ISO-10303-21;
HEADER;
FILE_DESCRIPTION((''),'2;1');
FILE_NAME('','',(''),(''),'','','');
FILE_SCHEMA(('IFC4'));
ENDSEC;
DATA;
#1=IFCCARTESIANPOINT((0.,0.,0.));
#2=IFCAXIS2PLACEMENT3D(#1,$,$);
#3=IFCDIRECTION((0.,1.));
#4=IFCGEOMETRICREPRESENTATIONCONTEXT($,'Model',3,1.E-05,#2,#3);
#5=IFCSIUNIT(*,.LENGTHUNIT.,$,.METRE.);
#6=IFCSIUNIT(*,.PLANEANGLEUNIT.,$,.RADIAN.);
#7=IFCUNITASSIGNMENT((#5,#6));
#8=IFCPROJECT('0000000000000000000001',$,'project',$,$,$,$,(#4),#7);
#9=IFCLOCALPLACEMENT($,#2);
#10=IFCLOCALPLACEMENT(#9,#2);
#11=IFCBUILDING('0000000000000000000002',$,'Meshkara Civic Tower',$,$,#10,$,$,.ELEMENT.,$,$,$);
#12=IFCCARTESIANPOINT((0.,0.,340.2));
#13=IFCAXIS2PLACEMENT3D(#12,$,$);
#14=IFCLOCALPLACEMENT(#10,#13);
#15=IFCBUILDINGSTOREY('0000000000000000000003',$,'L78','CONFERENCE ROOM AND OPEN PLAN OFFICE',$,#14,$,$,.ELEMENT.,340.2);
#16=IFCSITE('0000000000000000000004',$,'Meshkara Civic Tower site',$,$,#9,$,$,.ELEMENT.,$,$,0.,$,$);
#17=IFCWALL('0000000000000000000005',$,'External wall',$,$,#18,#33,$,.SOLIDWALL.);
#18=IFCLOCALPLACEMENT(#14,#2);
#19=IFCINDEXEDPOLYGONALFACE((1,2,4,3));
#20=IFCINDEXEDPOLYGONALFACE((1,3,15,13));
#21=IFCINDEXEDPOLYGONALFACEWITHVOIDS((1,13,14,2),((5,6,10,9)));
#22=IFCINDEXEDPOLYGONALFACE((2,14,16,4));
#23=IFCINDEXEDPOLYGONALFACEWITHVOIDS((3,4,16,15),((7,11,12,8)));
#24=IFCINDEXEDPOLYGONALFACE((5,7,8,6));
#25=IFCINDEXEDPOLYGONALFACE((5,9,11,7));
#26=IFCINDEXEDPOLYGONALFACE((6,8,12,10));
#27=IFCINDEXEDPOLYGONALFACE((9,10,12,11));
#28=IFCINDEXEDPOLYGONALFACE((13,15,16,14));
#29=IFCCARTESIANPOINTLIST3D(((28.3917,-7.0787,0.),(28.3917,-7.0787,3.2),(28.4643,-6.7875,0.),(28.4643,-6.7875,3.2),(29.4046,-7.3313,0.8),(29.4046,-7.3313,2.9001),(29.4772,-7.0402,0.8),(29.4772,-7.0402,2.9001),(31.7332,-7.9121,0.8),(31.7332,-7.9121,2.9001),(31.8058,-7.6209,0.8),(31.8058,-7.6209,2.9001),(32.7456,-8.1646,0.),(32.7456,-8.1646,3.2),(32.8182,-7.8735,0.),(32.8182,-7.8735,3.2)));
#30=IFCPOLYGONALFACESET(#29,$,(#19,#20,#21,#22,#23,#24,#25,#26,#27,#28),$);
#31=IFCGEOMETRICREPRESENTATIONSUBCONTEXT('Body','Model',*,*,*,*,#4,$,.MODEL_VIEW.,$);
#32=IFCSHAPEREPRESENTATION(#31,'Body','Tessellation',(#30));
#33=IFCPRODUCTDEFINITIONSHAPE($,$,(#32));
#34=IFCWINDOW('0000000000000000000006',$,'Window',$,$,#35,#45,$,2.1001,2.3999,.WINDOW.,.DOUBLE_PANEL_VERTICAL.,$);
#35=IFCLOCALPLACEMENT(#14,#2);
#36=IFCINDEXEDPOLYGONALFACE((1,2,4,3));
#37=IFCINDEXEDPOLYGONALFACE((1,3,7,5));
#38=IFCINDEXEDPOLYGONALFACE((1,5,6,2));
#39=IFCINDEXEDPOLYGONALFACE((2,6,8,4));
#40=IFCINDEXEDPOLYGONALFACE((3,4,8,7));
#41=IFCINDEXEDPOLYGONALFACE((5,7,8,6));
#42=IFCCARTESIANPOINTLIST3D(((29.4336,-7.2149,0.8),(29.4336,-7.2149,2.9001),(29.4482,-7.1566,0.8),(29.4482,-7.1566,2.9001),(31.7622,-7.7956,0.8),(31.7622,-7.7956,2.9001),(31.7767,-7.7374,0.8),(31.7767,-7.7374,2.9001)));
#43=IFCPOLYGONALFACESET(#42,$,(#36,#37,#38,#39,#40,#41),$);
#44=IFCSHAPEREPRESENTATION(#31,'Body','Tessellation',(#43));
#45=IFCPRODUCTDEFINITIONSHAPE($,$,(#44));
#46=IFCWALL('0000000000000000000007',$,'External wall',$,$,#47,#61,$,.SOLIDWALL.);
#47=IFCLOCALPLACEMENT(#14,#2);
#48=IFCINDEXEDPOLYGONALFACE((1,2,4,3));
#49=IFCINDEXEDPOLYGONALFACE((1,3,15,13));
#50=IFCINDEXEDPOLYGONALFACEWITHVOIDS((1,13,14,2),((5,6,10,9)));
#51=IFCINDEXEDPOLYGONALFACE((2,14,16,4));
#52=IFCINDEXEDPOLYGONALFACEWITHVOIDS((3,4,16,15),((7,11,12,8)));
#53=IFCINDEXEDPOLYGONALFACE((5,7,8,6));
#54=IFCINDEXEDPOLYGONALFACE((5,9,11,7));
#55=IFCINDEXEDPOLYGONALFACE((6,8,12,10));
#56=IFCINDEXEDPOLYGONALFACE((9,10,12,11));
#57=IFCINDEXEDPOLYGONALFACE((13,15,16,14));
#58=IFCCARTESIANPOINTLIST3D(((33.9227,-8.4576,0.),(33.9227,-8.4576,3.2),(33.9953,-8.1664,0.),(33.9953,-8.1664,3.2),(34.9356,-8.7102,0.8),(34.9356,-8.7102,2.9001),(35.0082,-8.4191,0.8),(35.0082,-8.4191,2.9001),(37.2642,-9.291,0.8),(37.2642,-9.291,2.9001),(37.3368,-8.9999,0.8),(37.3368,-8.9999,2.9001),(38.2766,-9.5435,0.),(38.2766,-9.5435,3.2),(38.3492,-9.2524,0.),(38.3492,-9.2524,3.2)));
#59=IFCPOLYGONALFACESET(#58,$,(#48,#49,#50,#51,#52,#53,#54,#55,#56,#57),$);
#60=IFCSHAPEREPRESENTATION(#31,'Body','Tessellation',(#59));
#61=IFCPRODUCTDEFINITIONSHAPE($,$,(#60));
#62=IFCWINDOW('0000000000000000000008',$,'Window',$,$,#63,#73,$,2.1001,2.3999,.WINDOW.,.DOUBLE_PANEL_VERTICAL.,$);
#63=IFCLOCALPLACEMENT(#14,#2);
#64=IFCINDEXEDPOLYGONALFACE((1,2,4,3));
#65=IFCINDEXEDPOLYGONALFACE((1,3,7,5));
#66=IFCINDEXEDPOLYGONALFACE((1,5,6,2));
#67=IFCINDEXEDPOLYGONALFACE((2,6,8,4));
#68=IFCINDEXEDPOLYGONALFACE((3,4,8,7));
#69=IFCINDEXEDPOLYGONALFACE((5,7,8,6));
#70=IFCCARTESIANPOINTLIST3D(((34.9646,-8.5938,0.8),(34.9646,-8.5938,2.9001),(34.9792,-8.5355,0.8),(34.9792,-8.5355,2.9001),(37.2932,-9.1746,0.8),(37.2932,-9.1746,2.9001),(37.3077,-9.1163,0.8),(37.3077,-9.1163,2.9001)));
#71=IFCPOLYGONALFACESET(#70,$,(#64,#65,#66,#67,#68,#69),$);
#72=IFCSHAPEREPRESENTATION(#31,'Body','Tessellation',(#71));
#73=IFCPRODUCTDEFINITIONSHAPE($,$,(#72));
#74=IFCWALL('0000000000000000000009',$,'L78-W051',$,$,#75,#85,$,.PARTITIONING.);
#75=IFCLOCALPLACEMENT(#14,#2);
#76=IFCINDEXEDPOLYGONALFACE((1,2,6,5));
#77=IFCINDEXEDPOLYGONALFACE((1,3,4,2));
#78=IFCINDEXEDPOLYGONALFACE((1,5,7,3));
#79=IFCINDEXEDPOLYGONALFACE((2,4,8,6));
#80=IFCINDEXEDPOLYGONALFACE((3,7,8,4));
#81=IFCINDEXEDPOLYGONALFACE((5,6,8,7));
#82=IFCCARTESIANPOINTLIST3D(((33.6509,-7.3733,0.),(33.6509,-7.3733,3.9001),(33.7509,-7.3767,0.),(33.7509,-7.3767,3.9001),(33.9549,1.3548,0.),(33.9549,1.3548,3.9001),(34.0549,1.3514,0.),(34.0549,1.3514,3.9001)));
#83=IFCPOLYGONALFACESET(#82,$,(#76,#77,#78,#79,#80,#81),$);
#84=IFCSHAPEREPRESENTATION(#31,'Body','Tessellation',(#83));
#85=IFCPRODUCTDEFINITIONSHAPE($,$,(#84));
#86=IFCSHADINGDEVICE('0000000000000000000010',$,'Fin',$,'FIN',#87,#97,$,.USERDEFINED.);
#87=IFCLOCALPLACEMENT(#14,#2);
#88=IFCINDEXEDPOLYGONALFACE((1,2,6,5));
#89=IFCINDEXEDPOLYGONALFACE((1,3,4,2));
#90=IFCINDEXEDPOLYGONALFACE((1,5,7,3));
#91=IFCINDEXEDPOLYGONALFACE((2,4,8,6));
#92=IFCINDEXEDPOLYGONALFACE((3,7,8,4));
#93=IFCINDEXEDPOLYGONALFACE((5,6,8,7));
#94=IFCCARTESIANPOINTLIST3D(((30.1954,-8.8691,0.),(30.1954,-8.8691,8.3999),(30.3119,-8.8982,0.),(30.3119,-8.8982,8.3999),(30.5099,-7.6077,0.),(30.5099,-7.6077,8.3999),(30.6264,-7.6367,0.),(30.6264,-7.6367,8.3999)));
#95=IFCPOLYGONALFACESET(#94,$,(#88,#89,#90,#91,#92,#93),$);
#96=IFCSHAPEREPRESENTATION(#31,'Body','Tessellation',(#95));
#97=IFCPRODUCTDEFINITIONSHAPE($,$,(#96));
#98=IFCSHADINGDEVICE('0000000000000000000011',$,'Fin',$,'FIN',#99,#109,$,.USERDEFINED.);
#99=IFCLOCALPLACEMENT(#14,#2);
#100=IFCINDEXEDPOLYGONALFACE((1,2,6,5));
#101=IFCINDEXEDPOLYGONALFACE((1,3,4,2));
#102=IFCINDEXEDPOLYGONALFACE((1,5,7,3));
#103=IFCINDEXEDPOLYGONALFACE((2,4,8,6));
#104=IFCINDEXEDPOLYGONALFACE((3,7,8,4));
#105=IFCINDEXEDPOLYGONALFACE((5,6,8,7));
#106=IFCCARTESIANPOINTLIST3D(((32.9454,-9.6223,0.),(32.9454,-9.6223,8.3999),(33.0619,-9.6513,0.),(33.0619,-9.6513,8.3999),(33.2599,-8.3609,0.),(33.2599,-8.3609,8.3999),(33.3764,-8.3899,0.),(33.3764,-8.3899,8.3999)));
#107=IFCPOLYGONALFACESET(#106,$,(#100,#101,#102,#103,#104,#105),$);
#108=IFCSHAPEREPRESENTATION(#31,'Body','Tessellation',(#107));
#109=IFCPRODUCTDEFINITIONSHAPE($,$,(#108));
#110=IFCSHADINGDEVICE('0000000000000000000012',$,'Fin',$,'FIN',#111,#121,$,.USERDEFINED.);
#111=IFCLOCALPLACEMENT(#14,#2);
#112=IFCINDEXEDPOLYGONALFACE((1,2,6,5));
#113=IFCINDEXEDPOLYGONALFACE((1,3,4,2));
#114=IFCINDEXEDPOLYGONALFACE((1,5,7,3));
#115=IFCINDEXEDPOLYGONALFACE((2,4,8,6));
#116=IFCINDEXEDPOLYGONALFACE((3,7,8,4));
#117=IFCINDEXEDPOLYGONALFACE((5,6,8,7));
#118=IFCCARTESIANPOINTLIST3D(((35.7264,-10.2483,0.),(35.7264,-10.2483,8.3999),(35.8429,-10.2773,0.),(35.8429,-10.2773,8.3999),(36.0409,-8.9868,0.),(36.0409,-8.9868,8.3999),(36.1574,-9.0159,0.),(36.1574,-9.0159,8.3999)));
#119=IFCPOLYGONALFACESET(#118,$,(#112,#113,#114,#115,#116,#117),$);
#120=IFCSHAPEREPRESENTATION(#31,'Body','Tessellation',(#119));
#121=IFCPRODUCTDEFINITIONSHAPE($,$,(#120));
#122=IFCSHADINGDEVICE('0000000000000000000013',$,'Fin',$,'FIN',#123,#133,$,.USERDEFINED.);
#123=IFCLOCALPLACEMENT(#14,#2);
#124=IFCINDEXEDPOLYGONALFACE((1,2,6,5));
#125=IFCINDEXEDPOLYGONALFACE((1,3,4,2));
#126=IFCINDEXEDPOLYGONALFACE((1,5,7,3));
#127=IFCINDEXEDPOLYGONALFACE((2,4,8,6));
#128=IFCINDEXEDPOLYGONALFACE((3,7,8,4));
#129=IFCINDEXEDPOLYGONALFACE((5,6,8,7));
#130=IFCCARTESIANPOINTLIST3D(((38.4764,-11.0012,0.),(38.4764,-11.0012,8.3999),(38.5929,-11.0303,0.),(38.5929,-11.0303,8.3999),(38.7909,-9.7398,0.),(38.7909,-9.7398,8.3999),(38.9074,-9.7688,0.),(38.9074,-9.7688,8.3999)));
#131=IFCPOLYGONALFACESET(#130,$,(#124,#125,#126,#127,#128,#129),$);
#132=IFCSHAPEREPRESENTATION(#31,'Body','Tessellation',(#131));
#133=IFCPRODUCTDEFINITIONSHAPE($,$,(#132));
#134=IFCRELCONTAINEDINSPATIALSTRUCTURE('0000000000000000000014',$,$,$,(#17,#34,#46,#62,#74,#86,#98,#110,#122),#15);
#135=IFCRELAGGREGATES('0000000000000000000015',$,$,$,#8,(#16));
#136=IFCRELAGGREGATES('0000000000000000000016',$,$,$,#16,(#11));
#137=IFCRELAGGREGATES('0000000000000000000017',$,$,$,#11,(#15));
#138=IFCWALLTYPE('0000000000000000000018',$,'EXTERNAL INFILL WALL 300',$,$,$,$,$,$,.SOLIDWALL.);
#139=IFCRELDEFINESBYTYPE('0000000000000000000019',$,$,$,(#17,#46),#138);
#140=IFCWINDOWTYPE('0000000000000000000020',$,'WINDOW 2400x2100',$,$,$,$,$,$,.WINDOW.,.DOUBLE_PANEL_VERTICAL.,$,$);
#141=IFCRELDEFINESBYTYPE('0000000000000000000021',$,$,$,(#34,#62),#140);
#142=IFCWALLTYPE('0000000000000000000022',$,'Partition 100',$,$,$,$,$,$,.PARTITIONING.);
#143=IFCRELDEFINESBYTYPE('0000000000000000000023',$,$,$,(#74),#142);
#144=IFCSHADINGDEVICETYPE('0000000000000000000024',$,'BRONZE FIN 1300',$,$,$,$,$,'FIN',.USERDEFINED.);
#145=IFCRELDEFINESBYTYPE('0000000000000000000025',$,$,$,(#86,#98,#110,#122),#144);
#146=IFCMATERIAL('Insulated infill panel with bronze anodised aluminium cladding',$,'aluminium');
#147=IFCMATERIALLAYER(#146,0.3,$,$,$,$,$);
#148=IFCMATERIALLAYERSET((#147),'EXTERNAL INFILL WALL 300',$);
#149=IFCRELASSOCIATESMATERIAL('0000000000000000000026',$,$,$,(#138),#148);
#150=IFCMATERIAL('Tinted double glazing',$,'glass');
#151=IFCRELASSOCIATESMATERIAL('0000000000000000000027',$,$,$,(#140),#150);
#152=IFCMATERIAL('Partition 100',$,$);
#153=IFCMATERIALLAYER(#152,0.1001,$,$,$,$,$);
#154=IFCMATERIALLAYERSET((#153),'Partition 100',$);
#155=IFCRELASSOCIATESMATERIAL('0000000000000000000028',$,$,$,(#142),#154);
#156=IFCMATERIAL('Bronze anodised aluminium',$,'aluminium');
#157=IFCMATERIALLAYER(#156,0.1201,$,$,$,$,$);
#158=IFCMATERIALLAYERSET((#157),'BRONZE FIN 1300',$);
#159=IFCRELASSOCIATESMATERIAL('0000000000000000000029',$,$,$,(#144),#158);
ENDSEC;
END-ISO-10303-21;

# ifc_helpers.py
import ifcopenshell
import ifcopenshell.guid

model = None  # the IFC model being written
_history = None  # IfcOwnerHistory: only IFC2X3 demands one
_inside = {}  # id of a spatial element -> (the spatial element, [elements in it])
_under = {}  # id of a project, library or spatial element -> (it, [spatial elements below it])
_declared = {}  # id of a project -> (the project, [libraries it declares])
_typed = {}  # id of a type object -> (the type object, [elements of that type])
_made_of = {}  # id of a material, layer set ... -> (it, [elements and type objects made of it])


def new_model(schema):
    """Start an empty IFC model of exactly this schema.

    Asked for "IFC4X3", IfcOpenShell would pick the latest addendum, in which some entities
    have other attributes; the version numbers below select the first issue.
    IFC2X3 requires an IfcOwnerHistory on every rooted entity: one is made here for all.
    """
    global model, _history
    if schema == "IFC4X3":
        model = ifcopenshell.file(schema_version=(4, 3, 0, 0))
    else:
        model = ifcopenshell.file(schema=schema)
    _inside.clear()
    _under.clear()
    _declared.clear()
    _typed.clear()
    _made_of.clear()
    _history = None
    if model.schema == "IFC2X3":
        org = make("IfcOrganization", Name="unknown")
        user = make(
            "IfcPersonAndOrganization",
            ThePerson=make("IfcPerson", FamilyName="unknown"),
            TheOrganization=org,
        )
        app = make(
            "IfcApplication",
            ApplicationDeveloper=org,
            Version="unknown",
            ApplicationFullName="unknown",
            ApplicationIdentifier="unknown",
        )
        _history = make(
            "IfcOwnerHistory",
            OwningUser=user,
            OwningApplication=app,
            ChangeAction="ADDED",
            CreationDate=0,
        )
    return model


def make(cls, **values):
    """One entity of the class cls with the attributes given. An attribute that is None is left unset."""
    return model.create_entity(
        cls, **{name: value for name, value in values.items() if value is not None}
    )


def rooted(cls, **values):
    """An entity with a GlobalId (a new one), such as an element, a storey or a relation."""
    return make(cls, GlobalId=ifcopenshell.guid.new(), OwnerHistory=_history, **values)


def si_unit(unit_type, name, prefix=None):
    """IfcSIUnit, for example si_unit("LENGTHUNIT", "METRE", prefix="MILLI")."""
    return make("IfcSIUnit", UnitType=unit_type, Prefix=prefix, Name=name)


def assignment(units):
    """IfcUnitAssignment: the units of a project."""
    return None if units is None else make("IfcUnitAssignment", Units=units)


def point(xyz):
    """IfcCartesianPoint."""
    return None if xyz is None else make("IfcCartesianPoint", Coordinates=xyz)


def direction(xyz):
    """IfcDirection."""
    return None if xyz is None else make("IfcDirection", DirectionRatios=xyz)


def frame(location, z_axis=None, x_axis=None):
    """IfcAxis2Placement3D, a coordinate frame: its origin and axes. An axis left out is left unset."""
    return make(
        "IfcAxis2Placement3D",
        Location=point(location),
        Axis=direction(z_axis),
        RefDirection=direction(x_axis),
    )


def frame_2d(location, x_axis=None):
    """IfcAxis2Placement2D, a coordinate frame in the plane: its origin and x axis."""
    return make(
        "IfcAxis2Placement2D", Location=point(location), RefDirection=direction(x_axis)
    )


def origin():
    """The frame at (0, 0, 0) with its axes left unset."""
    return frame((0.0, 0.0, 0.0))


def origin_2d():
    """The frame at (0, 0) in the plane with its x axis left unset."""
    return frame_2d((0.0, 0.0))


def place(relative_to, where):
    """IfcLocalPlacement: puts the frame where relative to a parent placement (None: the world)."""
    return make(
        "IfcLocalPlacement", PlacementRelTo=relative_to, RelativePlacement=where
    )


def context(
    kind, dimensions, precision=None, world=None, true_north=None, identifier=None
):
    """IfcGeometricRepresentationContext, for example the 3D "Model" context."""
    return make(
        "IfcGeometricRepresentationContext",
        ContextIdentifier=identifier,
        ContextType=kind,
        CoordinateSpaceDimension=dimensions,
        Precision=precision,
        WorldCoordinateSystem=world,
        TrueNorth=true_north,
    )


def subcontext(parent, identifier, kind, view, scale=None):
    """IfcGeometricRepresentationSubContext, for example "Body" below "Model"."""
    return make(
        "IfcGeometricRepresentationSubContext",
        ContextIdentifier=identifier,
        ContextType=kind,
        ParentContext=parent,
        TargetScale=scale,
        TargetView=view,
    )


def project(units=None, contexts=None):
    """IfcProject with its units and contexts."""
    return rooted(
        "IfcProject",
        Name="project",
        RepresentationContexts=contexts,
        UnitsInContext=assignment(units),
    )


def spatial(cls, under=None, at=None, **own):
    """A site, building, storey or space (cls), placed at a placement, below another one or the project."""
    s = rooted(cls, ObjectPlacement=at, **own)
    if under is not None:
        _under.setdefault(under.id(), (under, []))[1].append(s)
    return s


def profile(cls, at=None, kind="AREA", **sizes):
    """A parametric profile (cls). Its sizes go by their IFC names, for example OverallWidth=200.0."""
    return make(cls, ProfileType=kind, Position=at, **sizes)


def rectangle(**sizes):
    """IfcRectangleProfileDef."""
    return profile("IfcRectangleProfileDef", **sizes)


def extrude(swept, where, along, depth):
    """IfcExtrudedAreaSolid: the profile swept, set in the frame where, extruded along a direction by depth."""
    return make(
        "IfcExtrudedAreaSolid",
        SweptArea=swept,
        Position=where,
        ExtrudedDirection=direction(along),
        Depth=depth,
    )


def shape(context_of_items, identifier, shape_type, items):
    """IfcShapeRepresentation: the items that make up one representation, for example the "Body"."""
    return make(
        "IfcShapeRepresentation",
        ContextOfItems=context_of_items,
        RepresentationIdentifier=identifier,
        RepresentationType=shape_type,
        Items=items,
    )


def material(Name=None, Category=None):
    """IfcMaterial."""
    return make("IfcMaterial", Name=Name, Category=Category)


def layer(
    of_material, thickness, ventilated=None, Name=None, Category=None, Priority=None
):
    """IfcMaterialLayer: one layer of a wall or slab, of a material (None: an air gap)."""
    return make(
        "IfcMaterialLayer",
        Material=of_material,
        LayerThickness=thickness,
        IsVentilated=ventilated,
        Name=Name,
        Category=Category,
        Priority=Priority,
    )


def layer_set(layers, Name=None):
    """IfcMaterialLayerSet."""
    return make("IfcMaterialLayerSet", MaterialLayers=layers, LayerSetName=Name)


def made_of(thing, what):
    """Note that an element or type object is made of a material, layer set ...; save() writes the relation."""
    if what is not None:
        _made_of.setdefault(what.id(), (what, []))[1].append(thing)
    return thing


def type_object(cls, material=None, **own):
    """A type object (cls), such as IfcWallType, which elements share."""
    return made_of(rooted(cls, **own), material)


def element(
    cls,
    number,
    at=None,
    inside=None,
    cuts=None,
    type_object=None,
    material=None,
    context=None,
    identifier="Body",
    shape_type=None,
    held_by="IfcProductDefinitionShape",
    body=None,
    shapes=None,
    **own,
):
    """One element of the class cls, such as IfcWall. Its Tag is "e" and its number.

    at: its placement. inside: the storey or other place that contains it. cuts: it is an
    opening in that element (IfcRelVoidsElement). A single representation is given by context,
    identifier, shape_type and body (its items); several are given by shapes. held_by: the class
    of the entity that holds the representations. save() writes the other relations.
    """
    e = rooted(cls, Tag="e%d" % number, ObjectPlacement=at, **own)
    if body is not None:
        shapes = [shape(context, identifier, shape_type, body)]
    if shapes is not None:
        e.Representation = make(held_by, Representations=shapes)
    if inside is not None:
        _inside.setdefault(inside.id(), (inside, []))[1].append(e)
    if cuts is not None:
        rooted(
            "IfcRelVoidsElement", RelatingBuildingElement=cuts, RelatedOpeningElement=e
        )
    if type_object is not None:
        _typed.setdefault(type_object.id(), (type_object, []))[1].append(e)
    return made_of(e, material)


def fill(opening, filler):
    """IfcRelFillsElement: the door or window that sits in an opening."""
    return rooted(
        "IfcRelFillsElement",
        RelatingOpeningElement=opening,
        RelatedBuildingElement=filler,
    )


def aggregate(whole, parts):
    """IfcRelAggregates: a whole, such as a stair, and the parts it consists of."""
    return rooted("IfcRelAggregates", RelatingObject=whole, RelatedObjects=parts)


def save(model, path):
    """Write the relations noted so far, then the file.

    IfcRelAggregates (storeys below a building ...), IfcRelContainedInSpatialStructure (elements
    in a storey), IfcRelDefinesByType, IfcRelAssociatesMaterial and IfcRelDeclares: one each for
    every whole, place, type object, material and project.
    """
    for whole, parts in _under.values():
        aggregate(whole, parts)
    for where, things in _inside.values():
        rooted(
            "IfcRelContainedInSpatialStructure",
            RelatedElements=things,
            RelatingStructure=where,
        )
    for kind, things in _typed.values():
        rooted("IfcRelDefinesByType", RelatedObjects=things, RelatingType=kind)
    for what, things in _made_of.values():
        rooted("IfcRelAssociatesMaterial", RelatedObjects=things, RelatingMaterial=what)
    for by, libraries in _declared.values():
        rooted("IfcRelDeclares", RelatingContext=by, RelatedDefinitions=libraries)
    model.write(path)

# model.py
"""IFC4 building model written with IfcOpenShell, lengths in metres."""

from ifc_helpers import new_model, si_unit, direction, frame, frame_2d, origin, origin_2d, place, context, subcontext, project, spatial, rectangle, extrude, material, layer, layer_set, type_object, element, fill, save


model = new_model("IFC4")

# Units and contexts
model_context = context("Model", 3, precision=1e-05, world=origin(), true_north=direction((0.0, 1.0)))
body_context = subcontext(model_context, "Body", "Model", "MODEL_VIEW")
ifc_project = project(units=[si_unit("LENGTHUNIT", "METRE"), si_unit("PLANEANGLEUNIT", "RADIAN")], contexts=[model_context])

# Site, building, storey
site_placement = place(None, origin())
site = spatial("IfcSite", under=ifc_project, at=site_placement, Name="Meshkara Civic Tower site", CompositionType="ELEMENT", RefElevation=0.0)
building_placement = place(site_placement, origin())
building = spatial("IfcBuilding", under=site, at=building_placement, Name="Meshkara Civic Tower", CompositionType="ELEMENT")
storey_placement = place(building_placement, frame((0.0, 0.0, 340.2)))
storey = spatial("IfcBuildingStorey", under=building, at=storey_placement, Name="L78", Description="CONFERENCE ROOM AND OPEN PLAN OFFICE", CompositionType="ELEMENT", Elevation=340.2)

# Walls, openings, windows
ifc_material_1 = material(Name="Insulated infill panel with bronze anodised aluminium cladding", Category="aluminium")
ifc_layer_1 = layer(ifc_material_1, 0.3)
ifc_layer_set_1 = layer_set([ifc_layer_1], Name="EXTERNAL INFILL WALL 300")
wall_type_1 = type_object("IfcWallType", Name="EXTERNAL INFILL WALL 300", PredefinedType="SOLIDWALL", material=ifc_layer_set_1)
wall_1_placement = place(storey_placement, frame((28.428, -6.9331, 0.0), z_axis=(0.0, 0.0, 1.0), x_axis=(0.970277, -0.241998, 0.0)))
wall_1 = element("IfcWall", 1, at=wall_1_placement, inside=storey, type_object=wall_type_1, Name="External wall", PredefinedType="SOLIDWALL", context=body_context, shape_type="SweptSolid", body=[
    extrude(rectangle(XDim=4.4873, YDim=0.3, at=frame_2d((2.2437, 0.0))), origin(), (0.0, 0.0, 1.0), 3.2),
])
opening_1_placement = place(wall_1_placement, frame((1.0439, 0.0, 0.8)))
opening_1 = element("IfcOpeningElement", 2, at=opening_1_placement, cuts=wall_1, PredefinedType="OPENING", context=body_context, shape_type="SweptSolid", body=[
    extrude(rectangle(XDim=2.3999, YDim=2.1001, at=frame_2d((1.2, 1.05))), frame((0.0, 0.1599, 0.0), z_axis=(0.0, -1.0, 0.0), x_axis=(1.0, 0.0, 0.0)), (0.0, 0.0, 1.0), 0.3201),
])
ifc_material_2 = material(Name="Tinted double glazing", Category="glass")
window_type = type_object("IfcWindowType", Name="WINDOW 2400x2100", PartitioningType="DOUBLE_PANEL_VERTICAL", PredefinedType="WINDOW", material=ifc_material_2)
window_1_placement = place(opening_1_placement, origin())
window_1 = element("IfcWindow", 3, at=window_1_placement, inside=storey, type_object=window_type, Name="Window", OverallHeight=2.1001, OverallWidth=2.3999, PartitioningType="DOUBLE_PANEL_VERTICAL", PredefinedType="WINDOW", context=body_context, shape_type="SweptSolid", body=[
    extrude(rectangle(XDim=2.3999, YDim=2.1001, at=frame_2d((1.2, 1.05))), frame((0.0, 0.03, 0.0), z_axis=(0.0, -1.0, 0.0), x_axis=(1.0, 0.0, 0.0)), (0.0, 0.0, 1.0), 0.0601),
])
fill(opening_1, window_1)
wall_2_placement = place(storey_placement, frame((33.959, -8.312, 0.0), z_axis=(0.0, 0.0, 1.0), x_axis=(0.970277, -0.241998, 0.0)))
wall_2 = element("IfcWall", 4, at=wall_2_placement, inside=storey, type_object=wall_type_1, Name="External wall", PredefinedType="SOLIDWALL", context=body_context, shape_type="SweptSolid", body=[
    extrude(rectangle(XDim=4.4873, YDim=0.3, at=frame_2d((2.2437, 0.0))), origin(), (0.0, 0.0, 1.0), 3.2),
])
opening_2_placement = place(wall_2_placement, frame((1.0439, 0.0, 0.8)))
opening_2 = element("IfcOpeningElement", 5, at=opening_2_placement, cuts=wall_2, PredefinedType="OPENING", context=body_context, shape_type="SweptSolid", body=[
    extrude(rectangle(XDim=2.3999, YDim=2.1001, at=frame_2d((1.2, 1.05))), frame((0.0, 0.1599, 0.0), z_axis=(0.0, -1.0, 0.0), x_axis=(1.0, 0.0, 0.0)), (0.0, 0.0, 1.0), 0.3201),
])
window_2_placement = place(opening_2_placement, origin())
window_2 = element("IfcWindow", 6, at=window_2_placement, inside=storey, type_object=window_type, Name="Window", OverallHeight=2.1001, OverallWidth=2.3999, PartitioningType="DOUBLE_PANEL_VERTICAL", PredefinedType="WINDOW", context=body_context, shape_type="SweptSolid", body=[
    extrude(rectangle(XDim=2.3999, YDim=2.1001, at=frame_2d((1.2, 1.05))), frame((0.0, 0.03, 0.0), z_axis=(0.0, -1.0, 0.0), x_axis=(1.0, 0.0, 0.0)), (0.0, 0.0, 1.0), 0.0601),
])
fill(opening_2, window_2)

# Wall
ifc_material_3 = material(Name="Partition 100")
ifc_layer_2 = layer(ifc_material_3, 0.1001)
ifc_layer_set_2 = layer_set([ifc_layer_2], Name="Partition 100")
wall_type_2 = type_object("IfcWallType", Name="Partition 100", PredefinedType="PARTITIONING", material=ifc_layer_set_2)
wall_3_placement = place(storey_placement, frame((33.7009, -7.375, 0.0), z_axis=(0.0, 0.0, 1.0), x_axis=(0.034804, 0.999394, 0.0)))
element("IfcWall", 7, at=wall_3_placement, inside=storey, type_object=wall_type_2, Name="L78-W051", PredefinedType="PARTITIONING", context=body_context, shape_type="SweptSolid", body=[
    extrude(rectangle(XDim=8.7334, YDim=0.1001, at=frame_2d((4.3667, 0.0))), origin(), (0.0, 0.0, 1.0), 3.9001),
])

# Shading devices
ifc_material_4 = material(Name="Bronze anodised aluminium", Category="aluminium")
ifc_layer_3 = layer(ifc_material_4, 0.1201)
ifc_layer_set_3 = layer_set([ifc_layer_3], Name="BRONZE FIN 1300")
shading_device_type = type_object("IfcShadingDeviceType", Name="BRONZE FIN 1300", ElementType="FIN", PredefinedType="USERDEFINED", material=ifc_layer_set_3)
for number, where, z_axis, x_axis, name in (
    (8, (30.4109, -8.2529, 0.0), (0.0, 0.0, 1.0), (0.970296, -0.241922, 0.0), "Fin"),
    (9, (33.1609, -9.0061, 0.0), (0.0, 0.0, 1.0), (0.970296, -0.241922, 0.0), "Fin"),
    (10, (35.9419, -9.6321, 0.0), (0.0, 0.0, 1.0), (0.970296, -0.241922, 0.0), "Fin"),
    (11, (38.6919, -10.385, 0.0), (0.0, 0.0, 1.0), (0.970296, -0.241922, 0.0), "Fin"),
):
    element("IfcShadingDevice", number, at=place(storey_placement, frame(where, z_axis=z_axis, x_axis=x_axis)), inside=storey, type_object=shading_device_type, Name=name, ObjectType="FIN", PredefinedType="USERDEFINED", context=body_context, shape_type="SweptSolid", body=[
        extrude(rectangle(XDim=0.1201, YDim=1.3, at=origin_2d()), origin(), (0.0, 0.0, 1.0), 8.3999),
    ])

save(model, "model.ifc")
